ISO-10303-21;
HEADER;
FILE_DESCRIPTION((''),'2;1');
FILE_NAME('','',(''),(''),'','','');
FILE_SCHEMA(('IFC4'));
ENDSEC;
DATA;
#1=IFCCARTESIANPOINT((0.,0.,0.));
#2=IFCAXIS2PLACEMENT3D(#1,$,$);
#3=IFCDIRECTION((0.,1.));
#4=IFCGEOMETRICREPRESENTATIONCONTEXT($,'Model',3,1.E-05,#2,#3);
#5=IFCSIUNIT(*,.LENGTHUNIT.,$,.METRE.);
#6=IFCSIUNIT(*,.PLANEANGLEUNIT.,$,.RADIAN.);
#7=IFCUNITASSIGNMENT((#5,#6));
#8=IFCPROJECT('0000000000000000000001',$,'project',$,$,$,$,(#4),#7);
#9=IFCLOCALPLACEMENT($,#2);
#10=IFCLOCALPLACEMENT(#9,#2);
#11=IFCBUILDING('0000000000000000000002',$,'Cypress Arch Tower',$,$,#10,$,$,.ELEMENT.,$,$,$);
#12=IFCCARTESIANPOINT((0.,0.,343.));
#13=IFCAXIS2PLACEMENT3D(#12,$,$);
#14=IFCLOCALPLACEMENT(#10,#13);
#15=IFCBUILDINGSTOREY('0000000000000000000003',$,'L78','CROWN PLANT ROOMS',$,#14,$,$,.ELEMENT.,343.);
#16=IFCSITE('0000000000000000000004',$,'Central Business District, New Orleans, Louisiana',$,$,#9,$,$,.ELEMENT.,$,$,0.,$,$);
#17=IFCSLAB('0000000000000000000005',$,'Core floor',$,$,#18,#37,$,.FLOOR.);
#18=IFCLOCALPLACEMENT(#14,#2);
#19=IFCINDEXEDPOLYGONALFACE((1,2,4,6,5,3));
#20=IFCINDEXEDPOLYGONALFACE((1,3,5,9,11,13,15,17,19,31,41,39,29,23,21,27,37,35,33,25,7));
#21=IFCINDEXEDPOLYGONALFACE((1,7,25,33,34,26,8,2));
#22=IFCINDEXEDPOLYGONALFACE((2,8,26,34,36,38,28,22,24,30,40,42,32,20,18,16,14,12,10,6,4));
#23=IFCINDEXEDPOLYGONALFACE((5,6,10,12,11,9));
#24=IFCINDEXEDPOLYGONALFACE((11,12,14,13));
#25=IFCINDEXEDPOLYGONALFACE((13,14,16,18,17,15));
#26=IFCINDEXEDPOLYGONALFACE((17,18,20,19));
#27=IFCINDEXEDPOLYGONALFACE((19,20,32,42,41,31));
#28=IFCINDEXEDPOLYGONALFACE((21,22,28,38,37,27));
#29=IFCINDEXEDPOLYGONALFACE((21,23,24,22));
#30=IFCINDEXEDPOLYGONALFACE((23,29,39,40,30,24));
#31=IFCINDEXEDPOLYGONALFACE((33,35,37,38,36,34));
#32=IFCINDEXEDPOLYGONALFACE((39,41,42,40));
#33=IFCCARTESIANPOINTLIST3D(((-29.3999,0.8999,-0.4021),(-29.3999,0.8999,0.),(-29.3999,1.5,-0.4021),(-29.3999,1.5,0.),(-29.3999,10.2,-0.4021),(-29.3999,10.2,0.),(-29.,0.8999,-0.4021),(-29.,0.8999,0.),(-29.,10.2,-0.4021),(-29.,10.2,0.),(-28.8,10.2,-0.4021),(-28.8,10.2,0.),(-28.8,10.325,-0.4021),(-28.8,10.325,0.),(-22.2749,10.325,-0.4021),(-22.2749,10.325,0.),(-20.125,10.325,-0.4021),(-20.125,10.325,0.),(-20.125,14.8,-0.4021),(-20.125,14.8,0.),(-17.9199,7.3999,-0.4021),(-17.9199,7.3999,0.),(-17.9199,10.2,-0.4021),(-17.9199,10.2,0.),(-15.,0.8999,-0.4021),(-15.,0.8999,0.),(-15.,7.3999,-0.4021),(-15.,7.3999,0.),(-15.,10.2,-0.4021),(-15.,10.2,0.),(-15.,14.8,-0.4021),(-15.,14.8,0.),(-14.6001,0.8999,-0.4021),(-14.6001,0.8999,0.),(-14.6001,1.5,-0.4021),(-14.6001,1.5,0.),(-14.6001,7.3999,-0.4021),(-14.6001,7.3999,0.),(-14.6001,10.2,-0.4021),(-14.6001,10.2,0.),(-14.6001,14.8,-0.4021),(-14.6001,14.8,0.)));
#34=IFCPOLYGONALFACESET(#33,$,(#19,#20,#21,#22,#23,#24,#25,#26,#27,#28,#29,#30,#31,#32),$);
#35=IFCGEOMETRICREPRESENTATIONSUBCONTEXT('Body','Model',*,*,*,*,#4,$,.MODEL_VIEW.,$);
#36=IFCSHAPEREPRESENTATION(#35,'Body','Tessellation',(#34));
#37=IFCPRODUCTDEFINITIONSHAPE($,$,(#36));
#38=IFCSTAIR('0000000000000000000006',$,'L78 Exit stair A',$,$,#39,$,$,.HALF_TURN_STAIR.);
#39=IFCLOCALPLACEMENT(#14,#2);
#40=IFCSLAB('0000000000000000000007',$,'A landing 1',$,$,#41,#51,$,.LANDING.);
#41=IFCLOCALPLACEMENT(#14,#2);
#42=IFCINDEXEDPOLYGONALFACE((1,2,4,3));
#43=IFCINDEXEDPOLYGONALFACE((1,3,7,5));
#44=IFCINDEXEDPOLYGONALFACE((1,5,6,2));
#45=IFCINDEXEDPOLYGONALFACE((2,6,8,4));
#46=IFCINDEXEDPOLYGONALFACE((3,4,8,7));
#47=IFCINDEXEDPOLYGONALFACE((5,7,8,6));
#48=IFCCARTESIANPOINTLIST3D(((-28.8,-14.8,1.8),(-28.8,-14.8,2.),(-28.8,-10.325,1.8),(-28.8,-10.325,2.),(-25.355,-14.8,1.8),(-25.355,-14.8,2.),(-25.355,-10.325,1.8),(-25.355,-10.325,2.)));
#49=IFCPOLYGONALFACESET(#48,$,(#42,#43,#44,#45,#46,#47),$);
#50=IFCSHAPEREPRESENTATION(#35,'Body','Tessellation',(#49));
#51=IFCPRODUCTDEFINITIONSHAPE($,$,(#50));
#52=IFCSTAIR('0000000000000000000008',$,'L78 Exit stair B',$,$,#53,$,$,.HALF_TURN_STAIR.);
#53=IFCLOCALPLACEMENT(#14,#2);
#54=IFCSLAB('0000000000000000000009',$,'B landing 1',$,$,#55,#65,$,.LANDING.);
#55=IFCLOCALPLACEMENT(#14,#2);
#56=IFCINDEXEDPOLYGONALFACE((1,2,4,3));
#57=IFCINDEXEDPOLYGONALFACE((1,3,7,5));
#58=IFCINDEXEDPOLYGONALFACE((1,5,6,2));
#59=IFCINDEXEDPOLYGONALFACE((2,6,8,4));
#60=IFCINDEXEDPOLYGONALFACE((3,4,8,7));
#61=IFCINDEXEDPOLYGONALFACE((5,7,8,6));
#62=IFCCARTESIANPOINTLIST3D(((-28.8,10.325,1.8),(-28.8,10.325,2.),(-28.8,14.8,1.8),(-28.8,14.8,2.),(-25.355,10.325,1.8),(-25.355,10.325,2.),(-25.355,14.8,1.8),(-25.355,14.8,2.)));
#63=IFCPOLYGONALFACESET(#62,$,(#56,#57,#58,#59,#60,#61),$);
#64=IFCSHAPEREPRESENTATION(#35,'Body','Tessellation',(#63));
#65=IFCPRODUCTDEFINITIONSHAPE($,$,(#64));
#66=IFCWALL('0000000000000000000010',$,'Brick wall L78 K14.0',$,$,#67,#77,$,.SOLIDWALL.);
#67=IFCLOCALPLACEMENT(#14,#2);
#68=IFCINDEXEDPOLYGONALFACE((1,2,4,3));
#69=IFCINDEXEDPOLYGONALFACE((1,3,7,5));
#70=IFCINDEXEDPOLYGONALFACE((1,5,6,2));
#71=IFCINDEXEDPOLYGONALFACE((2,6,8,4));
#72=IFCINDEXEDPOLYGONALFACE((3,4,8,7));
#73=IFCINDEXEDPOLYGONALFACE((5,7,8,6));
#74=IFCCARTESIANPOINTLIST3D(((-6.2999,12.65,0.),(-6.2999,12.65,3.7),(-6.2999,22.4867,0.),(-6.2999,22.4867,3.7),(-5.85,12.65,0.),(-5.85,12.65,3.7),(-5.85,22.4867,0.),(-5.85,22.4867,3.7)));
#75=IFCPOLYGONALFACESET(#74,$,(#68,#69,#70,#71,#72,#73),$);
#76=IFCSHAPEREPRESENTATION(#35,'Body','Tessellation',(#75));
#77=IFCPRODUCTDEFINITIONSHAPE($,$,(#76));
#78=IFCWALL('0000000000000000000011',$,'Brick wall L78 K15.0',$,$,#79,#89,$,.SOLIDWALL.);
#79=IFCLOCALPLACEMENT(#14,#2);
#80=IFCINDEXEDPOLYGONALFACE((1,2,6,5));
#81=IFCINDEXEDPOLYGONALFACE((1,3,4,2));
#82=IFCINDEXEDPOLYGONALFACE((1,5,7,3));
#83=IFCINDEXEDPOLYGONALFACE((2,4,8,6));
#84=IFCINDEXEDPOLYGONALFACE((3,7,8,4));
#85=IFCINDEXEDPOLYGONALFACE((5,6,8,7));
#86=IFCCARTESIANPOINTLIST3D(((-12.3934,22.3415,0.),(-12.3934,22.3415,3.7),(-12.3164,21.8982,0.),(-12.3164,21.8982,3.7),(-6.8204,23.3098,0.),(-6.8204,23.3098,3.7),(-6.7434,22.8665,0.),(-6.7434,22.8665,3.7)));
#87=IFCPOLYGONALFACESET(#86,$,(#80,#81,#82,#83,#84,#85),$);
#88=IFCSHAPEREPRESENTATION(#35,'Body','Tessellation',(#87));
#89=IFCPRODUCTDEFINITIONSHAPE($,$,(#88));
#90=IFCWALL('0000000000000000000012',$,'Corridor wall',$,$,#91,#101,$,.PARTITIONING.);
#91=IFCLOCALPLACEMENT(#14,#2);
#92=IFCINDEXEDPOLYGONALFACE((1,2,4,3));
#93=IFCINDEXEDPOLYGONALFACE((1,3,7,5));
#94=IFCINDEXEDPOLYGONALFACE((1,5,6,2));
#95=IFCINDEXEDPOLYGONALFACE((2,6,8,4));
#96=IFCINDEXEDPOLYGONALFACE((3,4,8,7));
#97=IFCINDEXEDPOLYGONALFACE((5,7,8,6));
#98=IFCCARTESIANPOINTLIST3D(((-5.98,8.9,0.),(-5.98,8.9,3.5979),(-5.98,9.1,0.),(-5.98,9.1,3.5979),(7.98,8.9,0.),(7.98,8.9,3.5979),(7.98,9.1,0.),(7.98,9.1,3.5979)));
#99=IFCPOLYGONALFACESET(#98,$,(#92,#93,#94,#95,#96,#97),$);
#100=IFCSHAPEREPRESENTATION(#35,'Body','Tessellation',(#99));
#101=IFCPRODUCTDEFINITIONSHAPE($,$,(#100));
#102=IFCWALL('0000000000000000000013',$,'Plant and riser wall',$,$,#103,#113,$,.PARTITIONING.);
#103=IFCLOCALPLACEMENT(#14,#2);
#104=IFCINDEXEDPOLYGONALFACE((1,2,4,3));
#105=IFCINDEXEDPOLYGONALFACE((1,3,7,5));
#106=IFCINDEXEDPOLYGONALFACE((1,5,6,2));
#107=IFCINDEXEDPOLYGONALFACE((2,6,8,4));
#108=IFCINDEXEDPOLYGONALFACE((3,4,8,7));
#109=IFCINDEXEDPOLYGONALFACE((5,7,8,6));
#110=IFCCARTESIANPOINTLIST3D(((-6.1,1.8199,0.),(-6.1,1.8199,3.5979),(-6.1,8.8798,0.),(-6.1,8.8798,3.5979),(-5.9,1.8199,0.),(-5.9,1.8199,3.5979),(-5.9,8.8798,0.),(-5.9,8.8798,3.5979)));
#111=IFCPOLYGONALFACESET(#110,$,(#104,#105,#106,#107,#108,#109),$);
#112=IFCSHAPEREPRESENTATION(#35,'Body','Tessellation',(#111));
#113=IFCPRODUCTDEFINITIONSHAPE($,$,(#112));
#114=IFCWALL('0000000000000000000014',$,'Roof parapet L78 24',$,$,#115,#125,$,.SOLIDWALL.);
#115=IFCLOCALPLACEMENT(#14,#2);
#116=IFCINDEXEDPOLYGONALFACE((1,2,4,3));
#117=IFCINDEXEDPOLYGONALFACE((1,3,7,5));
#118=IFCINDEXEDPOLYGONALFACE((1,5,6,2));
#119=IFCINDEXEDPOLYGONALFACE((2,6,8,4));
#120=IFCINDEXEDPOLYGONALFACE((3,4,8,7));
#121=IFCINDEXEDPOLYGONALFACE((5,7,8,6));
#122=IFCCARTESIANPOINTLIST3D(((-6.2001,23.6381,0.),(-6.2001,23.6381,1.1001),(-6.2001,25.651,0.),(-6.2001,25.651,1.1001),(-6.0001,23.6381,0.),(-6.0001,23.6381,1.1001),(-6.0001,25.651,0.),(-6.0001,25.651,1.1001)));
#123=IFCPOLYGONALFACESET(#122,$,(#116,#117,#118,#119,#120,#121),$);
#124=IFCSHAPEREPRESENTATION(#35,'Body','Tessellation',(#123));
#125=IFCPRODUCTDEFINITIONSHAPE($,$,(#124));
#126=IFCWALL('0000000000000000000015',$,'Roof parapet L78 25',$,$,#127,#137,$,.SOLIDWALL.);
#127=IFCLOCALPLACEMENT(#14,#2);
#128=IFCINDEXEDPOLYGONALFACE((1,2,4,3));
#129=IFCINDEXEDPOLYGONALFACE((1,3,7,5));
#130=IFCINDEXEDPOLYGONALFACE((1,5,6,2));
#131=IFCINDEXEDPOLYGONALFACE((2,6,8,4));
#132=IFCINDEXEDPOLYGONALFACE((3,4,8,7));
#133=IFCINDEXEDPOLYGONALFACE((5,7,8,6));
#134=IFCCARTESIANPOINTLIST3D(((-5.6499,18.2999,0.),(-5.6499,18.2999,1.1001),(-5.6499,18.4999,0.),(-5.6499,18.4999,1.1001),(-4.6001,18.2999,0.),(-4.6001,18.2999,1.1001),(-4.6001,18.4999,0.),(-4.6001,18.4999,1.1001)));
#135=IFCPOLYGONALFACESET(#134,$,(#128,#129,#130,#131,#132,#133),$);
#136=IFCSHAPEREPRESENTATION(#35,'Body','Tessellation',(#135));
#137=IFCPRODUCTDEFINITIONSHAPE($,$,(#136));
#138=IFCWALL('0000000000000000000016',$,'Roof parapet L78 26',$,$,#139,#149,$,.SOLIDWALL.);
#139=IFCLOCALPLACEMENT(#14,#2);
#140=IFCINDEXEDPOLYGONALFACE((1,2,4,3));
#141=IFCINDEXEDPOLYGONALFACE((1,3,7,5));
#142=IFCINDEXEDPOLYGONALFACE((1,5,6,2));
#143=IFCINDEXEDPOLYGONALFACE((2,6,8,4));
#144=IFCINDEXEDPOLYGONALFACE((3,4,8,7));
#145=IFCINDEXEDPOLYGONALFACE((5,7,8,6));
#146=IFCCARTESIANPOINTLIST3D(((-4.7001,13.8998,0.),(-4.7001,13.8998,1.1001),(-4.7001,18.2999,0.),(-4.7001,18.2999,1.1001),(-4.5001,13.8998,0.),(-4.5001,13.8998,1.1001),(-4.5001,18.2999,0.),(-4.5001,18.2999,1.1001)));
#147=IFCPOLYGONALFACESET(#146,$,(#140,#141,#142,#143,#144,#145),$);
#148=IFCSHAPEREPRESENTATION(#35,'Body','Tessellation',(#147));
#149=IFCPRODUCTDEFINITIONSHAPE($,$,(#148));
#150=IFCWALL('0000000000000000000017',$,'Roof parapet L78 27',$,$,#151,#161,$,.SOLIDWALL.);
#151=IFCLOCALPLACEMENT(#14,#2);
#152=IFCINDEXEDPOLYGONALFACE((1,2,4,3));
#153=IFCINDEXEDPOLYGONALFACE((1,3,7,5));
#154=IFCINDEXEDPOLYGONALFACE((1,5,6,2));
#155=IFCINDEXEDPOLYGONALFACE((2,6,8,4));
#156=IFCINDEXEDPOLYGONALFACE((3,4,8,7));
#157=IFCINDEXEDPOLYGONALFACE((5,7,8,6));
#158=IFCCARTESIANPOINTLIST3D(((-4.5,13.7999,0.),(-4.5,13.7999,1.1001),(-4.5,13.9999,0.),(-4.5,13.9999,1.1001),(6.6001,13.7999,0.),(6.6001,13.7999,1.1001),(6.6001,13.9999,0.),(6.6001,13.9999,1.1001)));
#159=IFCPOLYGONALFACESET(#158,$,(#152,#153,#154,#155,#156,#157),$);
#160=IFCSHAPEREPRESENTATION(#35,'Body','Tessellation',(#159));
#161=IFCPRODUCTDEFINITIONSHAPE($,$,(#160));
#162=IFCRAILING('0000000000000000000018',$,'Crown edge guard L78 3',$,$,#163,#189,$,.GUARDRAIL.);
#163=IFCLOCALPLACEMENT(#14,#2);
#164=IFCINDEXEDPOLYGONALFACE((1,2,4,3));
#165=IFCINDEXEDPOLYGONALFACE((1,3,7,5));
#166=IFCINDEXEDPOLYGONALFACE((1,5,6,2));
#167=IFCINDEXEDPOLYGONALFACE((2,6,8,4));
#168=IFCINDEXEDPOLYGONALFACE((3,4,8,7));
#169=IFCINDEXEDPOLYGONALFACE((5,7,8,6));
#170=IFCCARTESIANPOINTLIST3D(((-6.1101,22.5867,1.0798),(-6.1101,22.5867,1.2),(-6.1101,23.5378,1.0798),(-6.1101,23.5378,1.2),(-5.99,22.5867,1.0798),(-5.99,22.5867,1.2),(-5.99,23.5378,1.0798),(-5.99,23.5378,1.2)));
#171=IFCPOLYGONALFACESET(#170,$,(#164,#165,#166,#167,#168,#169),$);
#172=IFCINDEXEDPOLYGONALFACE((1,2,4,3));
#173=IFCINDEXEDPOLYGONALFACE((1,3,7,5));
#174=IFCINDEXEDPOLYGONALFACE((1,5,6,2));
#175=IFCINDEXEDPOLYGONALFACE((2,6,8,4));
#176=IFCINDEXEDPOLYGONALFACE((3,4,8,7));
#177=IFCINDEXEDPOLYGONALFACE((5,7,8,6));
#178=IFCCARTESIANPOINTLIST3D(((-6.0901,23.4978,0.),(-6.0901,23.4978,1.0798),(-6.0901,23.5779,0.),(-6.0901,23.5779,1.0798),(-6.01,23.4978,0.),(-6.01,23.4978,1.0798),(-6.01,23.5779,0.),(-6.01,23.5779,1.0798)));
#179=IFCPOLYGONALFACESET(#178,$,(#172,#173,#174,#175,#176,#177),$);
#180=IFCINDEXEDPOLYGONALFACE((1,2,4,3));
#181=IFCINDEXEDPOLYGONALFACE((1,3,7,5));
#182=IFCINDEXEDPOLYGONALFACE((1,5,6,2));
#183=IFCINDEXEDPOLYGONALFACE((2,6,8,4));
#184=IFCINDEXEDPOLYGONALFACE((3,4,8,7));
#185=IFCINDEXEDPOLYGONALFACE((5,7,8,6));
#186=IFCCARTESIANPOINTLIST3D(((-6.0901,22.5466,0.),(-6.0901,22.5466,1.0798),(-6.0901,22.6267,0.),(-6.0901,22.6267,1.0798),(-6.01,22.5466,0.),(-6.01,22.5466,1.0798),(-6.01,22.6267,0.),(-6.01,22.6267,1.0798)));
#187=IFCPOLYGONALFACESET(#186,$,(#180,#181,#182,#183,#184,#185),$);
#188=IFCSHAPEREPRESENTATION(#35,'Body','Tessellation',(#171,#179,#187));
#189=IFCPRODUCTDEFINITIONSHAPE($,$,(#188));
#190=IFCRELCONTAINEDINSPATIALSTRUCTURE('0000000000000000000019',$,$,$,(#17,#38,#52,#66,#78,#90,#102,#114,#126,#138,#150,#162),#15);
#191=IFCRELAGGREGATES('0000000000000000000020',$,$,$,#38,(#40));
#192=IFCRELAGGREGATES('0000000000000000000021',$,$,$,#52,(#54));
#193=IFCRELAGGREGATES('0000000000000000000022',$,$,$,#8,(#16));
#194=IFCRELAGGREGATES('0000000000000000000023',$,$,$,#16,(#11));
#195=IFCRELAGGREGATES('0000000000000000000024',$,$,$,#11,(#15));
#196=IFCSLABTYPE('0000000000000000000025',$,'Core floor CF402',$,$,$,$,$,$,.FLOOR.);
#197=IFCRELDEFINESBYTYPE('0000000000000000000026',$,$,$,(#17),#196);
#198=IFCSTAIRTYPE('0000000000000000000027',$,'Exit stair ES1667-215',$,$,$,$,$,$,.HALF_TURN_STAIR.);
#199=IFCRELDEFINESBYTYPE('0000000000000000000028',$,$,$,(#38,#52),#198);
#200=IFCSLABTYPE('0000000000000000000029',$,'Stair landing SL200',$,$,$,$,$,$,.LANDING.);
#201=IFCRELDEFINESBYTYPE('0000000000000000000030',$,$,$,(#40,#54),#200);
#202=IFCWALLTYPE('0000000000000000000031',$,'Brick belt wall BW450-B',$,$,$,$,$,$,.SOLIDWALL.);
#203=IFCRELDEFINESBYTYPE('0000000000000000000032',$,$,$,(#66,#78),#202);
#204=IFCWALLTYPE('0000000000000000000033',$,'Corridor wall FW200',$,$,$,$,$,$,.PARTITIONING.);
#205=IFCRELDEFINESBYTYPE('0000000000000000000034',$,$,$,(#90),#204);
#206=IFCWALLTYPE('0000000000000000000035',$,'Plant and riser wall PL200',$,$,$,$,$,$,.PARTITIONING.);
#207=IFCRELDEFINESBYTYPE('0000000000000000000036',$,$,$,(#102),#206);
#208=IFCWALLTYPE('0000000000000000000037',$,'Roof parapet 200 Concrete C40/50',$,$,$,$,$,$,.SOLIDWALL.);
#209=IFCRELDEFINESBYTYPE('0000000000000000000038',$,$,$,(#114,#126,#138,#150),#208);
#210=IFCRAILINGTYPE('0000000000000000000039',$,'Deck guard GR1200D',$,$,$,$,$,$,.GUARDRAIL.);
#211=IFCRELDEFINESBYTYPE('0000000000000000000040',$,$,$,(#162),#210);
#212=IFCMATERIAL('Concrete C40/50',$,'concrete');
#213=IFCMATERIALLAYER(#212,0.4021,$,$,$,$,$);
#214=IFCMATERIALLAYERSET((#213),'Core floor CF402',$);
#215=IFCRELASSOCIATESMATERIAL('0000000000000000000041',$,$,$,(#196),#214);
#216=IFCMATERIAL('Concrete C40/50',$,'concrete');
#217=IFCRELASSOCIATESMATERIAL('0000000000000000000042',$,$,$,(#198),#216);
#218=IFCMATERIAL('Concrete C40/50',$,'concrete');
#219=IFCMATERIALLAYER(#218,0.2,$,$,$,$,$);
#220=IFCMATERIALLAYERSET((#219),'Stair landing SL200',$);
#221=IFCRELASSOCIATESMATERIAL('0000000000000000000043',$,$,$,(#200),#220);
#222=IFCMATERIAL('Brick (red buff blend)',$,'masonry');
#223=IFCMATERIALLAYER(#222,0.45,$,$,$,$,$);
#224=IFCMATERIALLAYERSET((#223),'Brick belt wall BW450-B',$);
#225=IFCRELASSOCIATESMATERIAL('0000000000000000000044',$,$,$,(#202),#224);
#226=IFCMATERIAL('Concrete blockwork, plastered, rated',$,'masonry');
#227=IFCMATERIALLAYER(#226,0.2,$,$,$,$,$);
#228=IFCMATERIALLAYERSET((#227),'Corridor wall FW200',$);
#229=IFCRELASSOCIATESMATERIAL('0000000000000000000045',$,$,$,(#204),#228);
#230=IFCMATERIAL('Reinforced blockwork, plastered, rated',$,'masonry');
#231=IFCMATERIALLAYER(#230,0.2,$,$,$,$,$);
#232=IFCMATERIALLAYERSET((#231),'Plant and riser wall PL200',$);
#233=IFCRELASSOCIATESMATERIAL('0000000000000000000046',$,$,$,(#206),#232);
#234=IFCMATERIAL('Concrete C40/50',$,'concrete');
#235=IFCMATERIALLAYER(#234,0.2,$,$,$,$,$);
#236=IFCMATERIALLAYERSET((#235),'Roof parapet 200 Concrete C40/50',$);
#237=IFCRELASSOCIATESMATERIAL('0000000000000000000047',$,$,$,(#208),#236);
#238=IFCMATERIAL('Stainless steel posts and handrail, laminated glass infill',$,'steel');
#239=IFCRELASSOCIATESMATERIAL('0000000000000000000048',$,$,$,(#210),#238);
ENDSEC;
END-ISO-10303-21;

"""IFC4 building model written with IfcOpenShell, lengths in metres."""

from ifc_helpers import new_model, si_unit, direction, frame, frame_2d, origin, origin_2d, place, context, subcontext, project, spatial, polyline, rectangle, outline, extrude, material, layer, layer_set, type_object, element, aggregate, save


model = new_model("IFC4")

# Units and contexts
model_context = context("Model", 3, precision=1e-05, world=origin(), true_north=direction((0.0, 1.0)))
body_context = subcontext(model_context, "Body", "Model", "MODEL_VIEW")
ifc_project = project(units=[si_unit("LENGTHUNIT", "METRE"), si_unit("PLANEANGLEUNIT", "RADIAN")], contexts=[model_context])

# Site, building, storey
site_placement = place(None, origin())
site = spatial("IfcSite", under=ifc_project, at=site_placement, Name="Central Business District, New Orleans, Louisiana", CompositionType="ELEMENT", RefElevation=0.0)
building_placement = place(site_placement, origin())
building = spatial("IfcBuilding", under=site, at=building_placement, Name="Cypress Arch Tower", CompositionType="ELEMENT")
storey_placement = place(building_placement, frame((0.0, 0.0, 343.0)))
storey = spatial("IfcBuildingStorey", under=building, at=storey_placement, Name="L78", Description="CROWN PLANT ROOMS", CompositionType="ELEMENT", Elevation=343.0)

# Slab
ifc_material_1 = material(Name="Concrete C40/50", Category="concrete")
ifc_layer_1 = layer(ifc_material_1, 0.4021)
ifc_layer_set_1 = layer_set([ifc_layer_1], Name="Core floor CF402")
slab_type_1 = type_object("IfcSlabType", Name="Core floor CF402", PredefinedType="FLOOR", material=ifc_layer_set_1)
slab_1_placement = place(storey_placement, frame((0.0, 0.0, -0.4021)))
element("IfcSlab", 1, at=slab_1_placement, inside=storey, type_object=slab_type_1, Name="Core floor", PredefinedType="FLOOR", context=body_context, shape_type="SweptSolid", body=[
    extrude(outline(polyline([(-22.2749, 10.325), (-20.125, 10.325), (-20.125, 14.8), (-15.0, 14.8), (-14.6001, 14.8), (-14.6001, 10.2), (-15.0, 10.2), (-17.9199, 10.2), (-17.9199, 7.3999), (-15.0, 7.3999), (-14.6001, 7.3999), (-14.6001, 1.5), (-14.6001, 0.8999), (-15.0, 0.8999), (-29.0, 0.8999), (-29.3999, 0.8999), (-29.3999, 1.5), (-29.3999, 10.2), (-29.0, 10.2), (-28.8, 10.2), (-28.8, 10.325), (-22.2749, 10.325)])), origin(), (0.0, 0.0, 1.0), 0.4021),
])

# Stairs, slabs
ifc_material_2 = material(Name="Concrete C40/50", Category="concrete")
stair_type = type_object("IfcStairType", Name="Exit stair ES1667-215", PredefinedType="HALF_TURN_STAIR", material=ifc_material_2)
stair_1_placement = place(storey_placement, origin())
stair_1 = element("IfcStair", 2, at=stair_1_placement, inside=storey, type_object=stair_type, Name="L78 Exit stair A", PredefinedType="HALF_TURN_STAIR")
ifc_material_3 = material(Name="Concrete C40/50", Category="concrete")
ifc_layer_2 = layer(ifc_material_3, 0.2)
ifc_layer_set_2 = layer_set([ifc_layer_2], Name="Stair landing SL200")
slab_type_2 = type_object("IfcSlabType", Name="Stair landing SL200", PredefinedType="LANDING", material=ifc_layer_set_2)
slab_2_placement = place(storey_placement, frame((0.0, 0.0, 1.8)))
slab_2 = element("IfcSlab", 3, at=slab_2_placement, type_object=slab_type_2, Name="A landing 1", PredefinedType="LANDING", context=body_context, shape_type="SweptSolid", body=[
    extrude(outline(polyline([(-25.355, -10.325), (-28.8, -10.325), (-28.8, -14.8), (-25.355, -14.8), (-25.355, -10.325)])), origin(), (0.0, 0.0, 1.0), 0.2),
])
aggregate(stair_1, [slab_2])
stair_2_placement = place(storey_placement, origin())
stair_2 = element("IfcStair", 4, at=stair_2_placement, inside=storey, type_object=stair_type, Name="L78 Exit stair B", PredefinedType="HALF_TURN_STAIR")
slab_3_placement = place(storey_placement, frame((0.0, 0.0, 1.8)))
slab_3 = element("IfcSlab", 5, at=slab_3_placement, type_object=slab_type_2, Name="B landing 1", PredefinedType="LANDING", context=body_context, shape_type="SweptSolid", body=[
    extrude(outline(polyline([(-25.355, 14.8), (-28.8, 14.8), (-28.8, 10.325), (-25.355, 10.325), (-25.355, 14.8)])), origin(), (0.0, 0.0, 1.0), 0.2),
])
aggregate(stair_2, [slab_3])

# Walls
ifc_material_4 = material(Name="Brick (red buff blend)", Category="masonry")
ifc_layer_3 = layer(ifc_material_4, 0.45)
ifc_layer_set_3 = layer_set([ifc_layer_3], Name="Brick belt wall BW450-B")
wall_type_1 = type_object("IfcWallType", Name="Brick belt wall BW450-B", PredefinedType="SOLIDWALL", material=ifc_layer_set_3)
wall_1_placement = place(storey_placement, frame((-6.075, 12.6499, 0.0), z_axis=(0.0, 0.0, 1.0), x_axis=(0.0, 1.0, 0.0)))
element("IfcWall", 6, at=wall_1_placement, inside=storey, type_object=wall_type_1, Name="Brick wall L78 K14.0", PredefinedType="SOLIDWALL", context=body_context, shape_type="SweptSolid", body=[
    extrude(rectangle(XDim=9.8367, YDim=0.45, at=frame_2d((4.9185, 0.0))), origin(), (0.0, 0.0, 1.0), 3.7),
])
wall_2_placement = place(storey_placement, frame((-6.782, 23.0881, 0.0), z_axis=(0.0, 0.0, 1.0), x_axis=(-0.98524, -0.171177, 0.0)))
element("IfcWall", 7, at=wall_2_placement, inside=storey, type_object=wall_type_1, Name="Brick wall L78 K15.0", PredefinedType="SOLIDWALL", context=body_context, shape_type="SweptSolid", body=[
    extrude(rectangle(XDim=5.6565, YDim=0.45, at=frame_2d((2.8281, 0.0))), origin(), (0.0, 0.0, 1.0), 3.7),
])
ifc_material_5 = material(Name="Concrete blockwork, plastered, rated", Category="masonry")
ifc_layer_4 = layer(ifc_material_5, 0.2)
ifc_layer_set_4 = layer_set([ifc_layer_4], Name="Corridor wall FW200")
wall_type_2 = type_object("IfcWallType", Name="Corridor wall FW200", PredefinedType="PARTITIONING", material=ifc_layer_set_4)
wall_3_placement = place(storey_placement, frame((-5.98, 9.0, 0.0), z_axis=(0.0, 0.0, 1.0), x_axis=(1.0, 0.0, 0.0)))
element("IfcWall", 8, at=wall_3_placement, inside=storey, type_object=wall_type_2, Name="Corridor wall", PredefinedType="PARTITIONING", context=body_context, shape_type="SweptSolid", body=[
    extrude(rectangle(XDim=13.96, YDim=0.2, at=frame_2d((6.98, 0.0))), origin(), (0.0, 0.0, 1.0), 3.5979),
])
ifc_material_6 = material(Name="Reinforced blockwork, plastered, rated", Category="masonry")
ifc_layer_5 = layer(ifc_material_6, 0.2)
ifc_layer_set_5 = layer_set([ifc_layer_5], Name="Plant and riser wall PL200")
wall_type_3 = type_object("IfcWallType", Name="Plant and riser wall PL200", PredefinedType="PARTITIONING", material=ifc_layer_set_5)
wall_4_placement = place(storey_placement, frame((-6.0, 1.8201, 0.0), z_axis=(0.0, 0.0, 1.0), x_axis=(0.0, 1.0, 0.0)))
element("IfcWall", 9, at=wall_4_placement, inside=storey, type_object=wall_type_3, Name="Plant and riser wall", PredefinedType="PARTITIONING", context=body_context, shape_type="SweptSolid", body=[
    extrude(rectangle(XDim=7.0598, YDim=0.2, at=frame_2d((3.5298, 0.0))), origin(), (0.0, 0.0, 1.0), 3.5979),
])
ifc_material_7 = material(Name="Concrete C40/50", Category="concrete")
ifc_layer_6 = layer(ifc_material_7, 0.2)
ifc_layer_set_6 = layer_set([ifc_layer_6], Name="Roof parapet 200 Concrete C40/50")
wall_type_4 = type_object("IfcWallType", Name="Roof parapet 200 Concrete C40/50", PredefinedType="SOLIDWALL", material=ifc_layer_set_6)
wall_5_placement = place(storey_placement, frame((-6.1001, 25.6509, 0.0), z_axis=(0.0, 0.0, 1.0), x_axis=(0.0, -1.0, 0.0)))
element("IfcWall", 10, at=wall_5_placement, inside=storey, type_object=wall_type_4, Name="Roof parapet L78 24", PredefinedType="SOLIDWALL", context=body_context, shape_type="SweptSolid", body=[
    extrude(rectangle(XDim=2.0129, YDim=0.2, at=frame_2d((1.0063, 0.0))), origin(), (0.0, 0.0, 1.0), 1.1001),
])
wall_6_placement = place(storey_placement, frame((-5.6499, 18.3999, 0.0), z_axis=(0.0, 0.0, 1.0), x_axis=(1.0, 0.0, 0.0)))
element("IfcWall", 11, at=wall_6_placement, inside=storey, type_object=wall_type_4, Name="Roof parapet L78 25", PredefinedType="SOLIDWALL", context=body_context, shape_type="SweptSolid", body=[
    extrude(rectangle(XDim=1.0498, YDim=0.2, at=frame_2d((0.5249, 0.0))), origin(), (0.0, 0.0, 1.0), 1.1001),
])
wall_7_placement = place(storey_placement, frame((-4.6001, 18.3, 0.0), z_axis=(0.0, 0.0, 1.0), x_axis=(0.0, -1.0, 0.0)))
element("IfcWall", 12, at=wall_7_placement, inside=storey, type_object=wall_type_4, Name="Roof parapet L78 26", PredefinedType="SOLIDWALL", context=body_context, shape_type="SweptSolid", body=[
    extrude(rectangle(XDim=4.4001, YDim=0.2, at=frame_2d((2.2002, 0.0))), origin(), (0.0, 0.0, 1.0), 1.1001),
])
wall_8_placement = place(storey_placement, frame((-4.5, 13.8999, 0.0), z_axis=(0.0, 0.0, 1.0), x_axis=(1.0, 0.0, 0.0)))
element("IfcWall", 13, at=wall_8_placement, inside=storey, type_object=wall_type_4, Name="Roof parapet L78 27", PredefinedType="SOLIDWALL", context=body_context, shape_type="SweptSolid", body=[
    extrude(rectangle(XDim=11.1001, YDim=0.2, at=frame_2d((5.55, 0.0))), origin(), (0.0, 0.0, 1.0), 1.1001),
])

# Railing
ifc_material_8 = material(Name="Stainless steel posts and handrail, laminated glass infill", Category="steel")
railing_type = type_object("IfcRailingType", Name="Deck guard GR1200D", PredefinedType="GUARDRAIL", material=ifc_material_8)
railing_placement = place(storey_placement, frame((-6.05, 23.5378, 0.0)))
element("IfcRailing", 14, at=railing_placement, inside=storey, type_object=railing_type, Name="Crown edge guard L78 3", PredefinedType="GUARDRAIL", context=body_context, shape_type="SweptSolid", body=[
    extrude(rectangle(XDim=0.1201, YDim=0.1201, at=origin_2d()), frame((0.0, 0.0, 1.1399), z_axis=(0.0, -1.0, 0.0), x_axis=(1.0, 0.0, 0.0)), (0.0, 0.0, 1.0), 0.9512),
    extrude(rectangle(XDim=0.0801, YDim=0.0801, at=origin_2d()), origin(), (0.0, 0.0, 1.0), 1.0798),
    extrude(rectangle(XDim=0.0801, YDim=0.0801, at=origin_2d()), frame((0.0, -0.9512, 0.0)), (0.0, 0.0, 1.0), 1.0798),
])

save(model, "model.ifc")
